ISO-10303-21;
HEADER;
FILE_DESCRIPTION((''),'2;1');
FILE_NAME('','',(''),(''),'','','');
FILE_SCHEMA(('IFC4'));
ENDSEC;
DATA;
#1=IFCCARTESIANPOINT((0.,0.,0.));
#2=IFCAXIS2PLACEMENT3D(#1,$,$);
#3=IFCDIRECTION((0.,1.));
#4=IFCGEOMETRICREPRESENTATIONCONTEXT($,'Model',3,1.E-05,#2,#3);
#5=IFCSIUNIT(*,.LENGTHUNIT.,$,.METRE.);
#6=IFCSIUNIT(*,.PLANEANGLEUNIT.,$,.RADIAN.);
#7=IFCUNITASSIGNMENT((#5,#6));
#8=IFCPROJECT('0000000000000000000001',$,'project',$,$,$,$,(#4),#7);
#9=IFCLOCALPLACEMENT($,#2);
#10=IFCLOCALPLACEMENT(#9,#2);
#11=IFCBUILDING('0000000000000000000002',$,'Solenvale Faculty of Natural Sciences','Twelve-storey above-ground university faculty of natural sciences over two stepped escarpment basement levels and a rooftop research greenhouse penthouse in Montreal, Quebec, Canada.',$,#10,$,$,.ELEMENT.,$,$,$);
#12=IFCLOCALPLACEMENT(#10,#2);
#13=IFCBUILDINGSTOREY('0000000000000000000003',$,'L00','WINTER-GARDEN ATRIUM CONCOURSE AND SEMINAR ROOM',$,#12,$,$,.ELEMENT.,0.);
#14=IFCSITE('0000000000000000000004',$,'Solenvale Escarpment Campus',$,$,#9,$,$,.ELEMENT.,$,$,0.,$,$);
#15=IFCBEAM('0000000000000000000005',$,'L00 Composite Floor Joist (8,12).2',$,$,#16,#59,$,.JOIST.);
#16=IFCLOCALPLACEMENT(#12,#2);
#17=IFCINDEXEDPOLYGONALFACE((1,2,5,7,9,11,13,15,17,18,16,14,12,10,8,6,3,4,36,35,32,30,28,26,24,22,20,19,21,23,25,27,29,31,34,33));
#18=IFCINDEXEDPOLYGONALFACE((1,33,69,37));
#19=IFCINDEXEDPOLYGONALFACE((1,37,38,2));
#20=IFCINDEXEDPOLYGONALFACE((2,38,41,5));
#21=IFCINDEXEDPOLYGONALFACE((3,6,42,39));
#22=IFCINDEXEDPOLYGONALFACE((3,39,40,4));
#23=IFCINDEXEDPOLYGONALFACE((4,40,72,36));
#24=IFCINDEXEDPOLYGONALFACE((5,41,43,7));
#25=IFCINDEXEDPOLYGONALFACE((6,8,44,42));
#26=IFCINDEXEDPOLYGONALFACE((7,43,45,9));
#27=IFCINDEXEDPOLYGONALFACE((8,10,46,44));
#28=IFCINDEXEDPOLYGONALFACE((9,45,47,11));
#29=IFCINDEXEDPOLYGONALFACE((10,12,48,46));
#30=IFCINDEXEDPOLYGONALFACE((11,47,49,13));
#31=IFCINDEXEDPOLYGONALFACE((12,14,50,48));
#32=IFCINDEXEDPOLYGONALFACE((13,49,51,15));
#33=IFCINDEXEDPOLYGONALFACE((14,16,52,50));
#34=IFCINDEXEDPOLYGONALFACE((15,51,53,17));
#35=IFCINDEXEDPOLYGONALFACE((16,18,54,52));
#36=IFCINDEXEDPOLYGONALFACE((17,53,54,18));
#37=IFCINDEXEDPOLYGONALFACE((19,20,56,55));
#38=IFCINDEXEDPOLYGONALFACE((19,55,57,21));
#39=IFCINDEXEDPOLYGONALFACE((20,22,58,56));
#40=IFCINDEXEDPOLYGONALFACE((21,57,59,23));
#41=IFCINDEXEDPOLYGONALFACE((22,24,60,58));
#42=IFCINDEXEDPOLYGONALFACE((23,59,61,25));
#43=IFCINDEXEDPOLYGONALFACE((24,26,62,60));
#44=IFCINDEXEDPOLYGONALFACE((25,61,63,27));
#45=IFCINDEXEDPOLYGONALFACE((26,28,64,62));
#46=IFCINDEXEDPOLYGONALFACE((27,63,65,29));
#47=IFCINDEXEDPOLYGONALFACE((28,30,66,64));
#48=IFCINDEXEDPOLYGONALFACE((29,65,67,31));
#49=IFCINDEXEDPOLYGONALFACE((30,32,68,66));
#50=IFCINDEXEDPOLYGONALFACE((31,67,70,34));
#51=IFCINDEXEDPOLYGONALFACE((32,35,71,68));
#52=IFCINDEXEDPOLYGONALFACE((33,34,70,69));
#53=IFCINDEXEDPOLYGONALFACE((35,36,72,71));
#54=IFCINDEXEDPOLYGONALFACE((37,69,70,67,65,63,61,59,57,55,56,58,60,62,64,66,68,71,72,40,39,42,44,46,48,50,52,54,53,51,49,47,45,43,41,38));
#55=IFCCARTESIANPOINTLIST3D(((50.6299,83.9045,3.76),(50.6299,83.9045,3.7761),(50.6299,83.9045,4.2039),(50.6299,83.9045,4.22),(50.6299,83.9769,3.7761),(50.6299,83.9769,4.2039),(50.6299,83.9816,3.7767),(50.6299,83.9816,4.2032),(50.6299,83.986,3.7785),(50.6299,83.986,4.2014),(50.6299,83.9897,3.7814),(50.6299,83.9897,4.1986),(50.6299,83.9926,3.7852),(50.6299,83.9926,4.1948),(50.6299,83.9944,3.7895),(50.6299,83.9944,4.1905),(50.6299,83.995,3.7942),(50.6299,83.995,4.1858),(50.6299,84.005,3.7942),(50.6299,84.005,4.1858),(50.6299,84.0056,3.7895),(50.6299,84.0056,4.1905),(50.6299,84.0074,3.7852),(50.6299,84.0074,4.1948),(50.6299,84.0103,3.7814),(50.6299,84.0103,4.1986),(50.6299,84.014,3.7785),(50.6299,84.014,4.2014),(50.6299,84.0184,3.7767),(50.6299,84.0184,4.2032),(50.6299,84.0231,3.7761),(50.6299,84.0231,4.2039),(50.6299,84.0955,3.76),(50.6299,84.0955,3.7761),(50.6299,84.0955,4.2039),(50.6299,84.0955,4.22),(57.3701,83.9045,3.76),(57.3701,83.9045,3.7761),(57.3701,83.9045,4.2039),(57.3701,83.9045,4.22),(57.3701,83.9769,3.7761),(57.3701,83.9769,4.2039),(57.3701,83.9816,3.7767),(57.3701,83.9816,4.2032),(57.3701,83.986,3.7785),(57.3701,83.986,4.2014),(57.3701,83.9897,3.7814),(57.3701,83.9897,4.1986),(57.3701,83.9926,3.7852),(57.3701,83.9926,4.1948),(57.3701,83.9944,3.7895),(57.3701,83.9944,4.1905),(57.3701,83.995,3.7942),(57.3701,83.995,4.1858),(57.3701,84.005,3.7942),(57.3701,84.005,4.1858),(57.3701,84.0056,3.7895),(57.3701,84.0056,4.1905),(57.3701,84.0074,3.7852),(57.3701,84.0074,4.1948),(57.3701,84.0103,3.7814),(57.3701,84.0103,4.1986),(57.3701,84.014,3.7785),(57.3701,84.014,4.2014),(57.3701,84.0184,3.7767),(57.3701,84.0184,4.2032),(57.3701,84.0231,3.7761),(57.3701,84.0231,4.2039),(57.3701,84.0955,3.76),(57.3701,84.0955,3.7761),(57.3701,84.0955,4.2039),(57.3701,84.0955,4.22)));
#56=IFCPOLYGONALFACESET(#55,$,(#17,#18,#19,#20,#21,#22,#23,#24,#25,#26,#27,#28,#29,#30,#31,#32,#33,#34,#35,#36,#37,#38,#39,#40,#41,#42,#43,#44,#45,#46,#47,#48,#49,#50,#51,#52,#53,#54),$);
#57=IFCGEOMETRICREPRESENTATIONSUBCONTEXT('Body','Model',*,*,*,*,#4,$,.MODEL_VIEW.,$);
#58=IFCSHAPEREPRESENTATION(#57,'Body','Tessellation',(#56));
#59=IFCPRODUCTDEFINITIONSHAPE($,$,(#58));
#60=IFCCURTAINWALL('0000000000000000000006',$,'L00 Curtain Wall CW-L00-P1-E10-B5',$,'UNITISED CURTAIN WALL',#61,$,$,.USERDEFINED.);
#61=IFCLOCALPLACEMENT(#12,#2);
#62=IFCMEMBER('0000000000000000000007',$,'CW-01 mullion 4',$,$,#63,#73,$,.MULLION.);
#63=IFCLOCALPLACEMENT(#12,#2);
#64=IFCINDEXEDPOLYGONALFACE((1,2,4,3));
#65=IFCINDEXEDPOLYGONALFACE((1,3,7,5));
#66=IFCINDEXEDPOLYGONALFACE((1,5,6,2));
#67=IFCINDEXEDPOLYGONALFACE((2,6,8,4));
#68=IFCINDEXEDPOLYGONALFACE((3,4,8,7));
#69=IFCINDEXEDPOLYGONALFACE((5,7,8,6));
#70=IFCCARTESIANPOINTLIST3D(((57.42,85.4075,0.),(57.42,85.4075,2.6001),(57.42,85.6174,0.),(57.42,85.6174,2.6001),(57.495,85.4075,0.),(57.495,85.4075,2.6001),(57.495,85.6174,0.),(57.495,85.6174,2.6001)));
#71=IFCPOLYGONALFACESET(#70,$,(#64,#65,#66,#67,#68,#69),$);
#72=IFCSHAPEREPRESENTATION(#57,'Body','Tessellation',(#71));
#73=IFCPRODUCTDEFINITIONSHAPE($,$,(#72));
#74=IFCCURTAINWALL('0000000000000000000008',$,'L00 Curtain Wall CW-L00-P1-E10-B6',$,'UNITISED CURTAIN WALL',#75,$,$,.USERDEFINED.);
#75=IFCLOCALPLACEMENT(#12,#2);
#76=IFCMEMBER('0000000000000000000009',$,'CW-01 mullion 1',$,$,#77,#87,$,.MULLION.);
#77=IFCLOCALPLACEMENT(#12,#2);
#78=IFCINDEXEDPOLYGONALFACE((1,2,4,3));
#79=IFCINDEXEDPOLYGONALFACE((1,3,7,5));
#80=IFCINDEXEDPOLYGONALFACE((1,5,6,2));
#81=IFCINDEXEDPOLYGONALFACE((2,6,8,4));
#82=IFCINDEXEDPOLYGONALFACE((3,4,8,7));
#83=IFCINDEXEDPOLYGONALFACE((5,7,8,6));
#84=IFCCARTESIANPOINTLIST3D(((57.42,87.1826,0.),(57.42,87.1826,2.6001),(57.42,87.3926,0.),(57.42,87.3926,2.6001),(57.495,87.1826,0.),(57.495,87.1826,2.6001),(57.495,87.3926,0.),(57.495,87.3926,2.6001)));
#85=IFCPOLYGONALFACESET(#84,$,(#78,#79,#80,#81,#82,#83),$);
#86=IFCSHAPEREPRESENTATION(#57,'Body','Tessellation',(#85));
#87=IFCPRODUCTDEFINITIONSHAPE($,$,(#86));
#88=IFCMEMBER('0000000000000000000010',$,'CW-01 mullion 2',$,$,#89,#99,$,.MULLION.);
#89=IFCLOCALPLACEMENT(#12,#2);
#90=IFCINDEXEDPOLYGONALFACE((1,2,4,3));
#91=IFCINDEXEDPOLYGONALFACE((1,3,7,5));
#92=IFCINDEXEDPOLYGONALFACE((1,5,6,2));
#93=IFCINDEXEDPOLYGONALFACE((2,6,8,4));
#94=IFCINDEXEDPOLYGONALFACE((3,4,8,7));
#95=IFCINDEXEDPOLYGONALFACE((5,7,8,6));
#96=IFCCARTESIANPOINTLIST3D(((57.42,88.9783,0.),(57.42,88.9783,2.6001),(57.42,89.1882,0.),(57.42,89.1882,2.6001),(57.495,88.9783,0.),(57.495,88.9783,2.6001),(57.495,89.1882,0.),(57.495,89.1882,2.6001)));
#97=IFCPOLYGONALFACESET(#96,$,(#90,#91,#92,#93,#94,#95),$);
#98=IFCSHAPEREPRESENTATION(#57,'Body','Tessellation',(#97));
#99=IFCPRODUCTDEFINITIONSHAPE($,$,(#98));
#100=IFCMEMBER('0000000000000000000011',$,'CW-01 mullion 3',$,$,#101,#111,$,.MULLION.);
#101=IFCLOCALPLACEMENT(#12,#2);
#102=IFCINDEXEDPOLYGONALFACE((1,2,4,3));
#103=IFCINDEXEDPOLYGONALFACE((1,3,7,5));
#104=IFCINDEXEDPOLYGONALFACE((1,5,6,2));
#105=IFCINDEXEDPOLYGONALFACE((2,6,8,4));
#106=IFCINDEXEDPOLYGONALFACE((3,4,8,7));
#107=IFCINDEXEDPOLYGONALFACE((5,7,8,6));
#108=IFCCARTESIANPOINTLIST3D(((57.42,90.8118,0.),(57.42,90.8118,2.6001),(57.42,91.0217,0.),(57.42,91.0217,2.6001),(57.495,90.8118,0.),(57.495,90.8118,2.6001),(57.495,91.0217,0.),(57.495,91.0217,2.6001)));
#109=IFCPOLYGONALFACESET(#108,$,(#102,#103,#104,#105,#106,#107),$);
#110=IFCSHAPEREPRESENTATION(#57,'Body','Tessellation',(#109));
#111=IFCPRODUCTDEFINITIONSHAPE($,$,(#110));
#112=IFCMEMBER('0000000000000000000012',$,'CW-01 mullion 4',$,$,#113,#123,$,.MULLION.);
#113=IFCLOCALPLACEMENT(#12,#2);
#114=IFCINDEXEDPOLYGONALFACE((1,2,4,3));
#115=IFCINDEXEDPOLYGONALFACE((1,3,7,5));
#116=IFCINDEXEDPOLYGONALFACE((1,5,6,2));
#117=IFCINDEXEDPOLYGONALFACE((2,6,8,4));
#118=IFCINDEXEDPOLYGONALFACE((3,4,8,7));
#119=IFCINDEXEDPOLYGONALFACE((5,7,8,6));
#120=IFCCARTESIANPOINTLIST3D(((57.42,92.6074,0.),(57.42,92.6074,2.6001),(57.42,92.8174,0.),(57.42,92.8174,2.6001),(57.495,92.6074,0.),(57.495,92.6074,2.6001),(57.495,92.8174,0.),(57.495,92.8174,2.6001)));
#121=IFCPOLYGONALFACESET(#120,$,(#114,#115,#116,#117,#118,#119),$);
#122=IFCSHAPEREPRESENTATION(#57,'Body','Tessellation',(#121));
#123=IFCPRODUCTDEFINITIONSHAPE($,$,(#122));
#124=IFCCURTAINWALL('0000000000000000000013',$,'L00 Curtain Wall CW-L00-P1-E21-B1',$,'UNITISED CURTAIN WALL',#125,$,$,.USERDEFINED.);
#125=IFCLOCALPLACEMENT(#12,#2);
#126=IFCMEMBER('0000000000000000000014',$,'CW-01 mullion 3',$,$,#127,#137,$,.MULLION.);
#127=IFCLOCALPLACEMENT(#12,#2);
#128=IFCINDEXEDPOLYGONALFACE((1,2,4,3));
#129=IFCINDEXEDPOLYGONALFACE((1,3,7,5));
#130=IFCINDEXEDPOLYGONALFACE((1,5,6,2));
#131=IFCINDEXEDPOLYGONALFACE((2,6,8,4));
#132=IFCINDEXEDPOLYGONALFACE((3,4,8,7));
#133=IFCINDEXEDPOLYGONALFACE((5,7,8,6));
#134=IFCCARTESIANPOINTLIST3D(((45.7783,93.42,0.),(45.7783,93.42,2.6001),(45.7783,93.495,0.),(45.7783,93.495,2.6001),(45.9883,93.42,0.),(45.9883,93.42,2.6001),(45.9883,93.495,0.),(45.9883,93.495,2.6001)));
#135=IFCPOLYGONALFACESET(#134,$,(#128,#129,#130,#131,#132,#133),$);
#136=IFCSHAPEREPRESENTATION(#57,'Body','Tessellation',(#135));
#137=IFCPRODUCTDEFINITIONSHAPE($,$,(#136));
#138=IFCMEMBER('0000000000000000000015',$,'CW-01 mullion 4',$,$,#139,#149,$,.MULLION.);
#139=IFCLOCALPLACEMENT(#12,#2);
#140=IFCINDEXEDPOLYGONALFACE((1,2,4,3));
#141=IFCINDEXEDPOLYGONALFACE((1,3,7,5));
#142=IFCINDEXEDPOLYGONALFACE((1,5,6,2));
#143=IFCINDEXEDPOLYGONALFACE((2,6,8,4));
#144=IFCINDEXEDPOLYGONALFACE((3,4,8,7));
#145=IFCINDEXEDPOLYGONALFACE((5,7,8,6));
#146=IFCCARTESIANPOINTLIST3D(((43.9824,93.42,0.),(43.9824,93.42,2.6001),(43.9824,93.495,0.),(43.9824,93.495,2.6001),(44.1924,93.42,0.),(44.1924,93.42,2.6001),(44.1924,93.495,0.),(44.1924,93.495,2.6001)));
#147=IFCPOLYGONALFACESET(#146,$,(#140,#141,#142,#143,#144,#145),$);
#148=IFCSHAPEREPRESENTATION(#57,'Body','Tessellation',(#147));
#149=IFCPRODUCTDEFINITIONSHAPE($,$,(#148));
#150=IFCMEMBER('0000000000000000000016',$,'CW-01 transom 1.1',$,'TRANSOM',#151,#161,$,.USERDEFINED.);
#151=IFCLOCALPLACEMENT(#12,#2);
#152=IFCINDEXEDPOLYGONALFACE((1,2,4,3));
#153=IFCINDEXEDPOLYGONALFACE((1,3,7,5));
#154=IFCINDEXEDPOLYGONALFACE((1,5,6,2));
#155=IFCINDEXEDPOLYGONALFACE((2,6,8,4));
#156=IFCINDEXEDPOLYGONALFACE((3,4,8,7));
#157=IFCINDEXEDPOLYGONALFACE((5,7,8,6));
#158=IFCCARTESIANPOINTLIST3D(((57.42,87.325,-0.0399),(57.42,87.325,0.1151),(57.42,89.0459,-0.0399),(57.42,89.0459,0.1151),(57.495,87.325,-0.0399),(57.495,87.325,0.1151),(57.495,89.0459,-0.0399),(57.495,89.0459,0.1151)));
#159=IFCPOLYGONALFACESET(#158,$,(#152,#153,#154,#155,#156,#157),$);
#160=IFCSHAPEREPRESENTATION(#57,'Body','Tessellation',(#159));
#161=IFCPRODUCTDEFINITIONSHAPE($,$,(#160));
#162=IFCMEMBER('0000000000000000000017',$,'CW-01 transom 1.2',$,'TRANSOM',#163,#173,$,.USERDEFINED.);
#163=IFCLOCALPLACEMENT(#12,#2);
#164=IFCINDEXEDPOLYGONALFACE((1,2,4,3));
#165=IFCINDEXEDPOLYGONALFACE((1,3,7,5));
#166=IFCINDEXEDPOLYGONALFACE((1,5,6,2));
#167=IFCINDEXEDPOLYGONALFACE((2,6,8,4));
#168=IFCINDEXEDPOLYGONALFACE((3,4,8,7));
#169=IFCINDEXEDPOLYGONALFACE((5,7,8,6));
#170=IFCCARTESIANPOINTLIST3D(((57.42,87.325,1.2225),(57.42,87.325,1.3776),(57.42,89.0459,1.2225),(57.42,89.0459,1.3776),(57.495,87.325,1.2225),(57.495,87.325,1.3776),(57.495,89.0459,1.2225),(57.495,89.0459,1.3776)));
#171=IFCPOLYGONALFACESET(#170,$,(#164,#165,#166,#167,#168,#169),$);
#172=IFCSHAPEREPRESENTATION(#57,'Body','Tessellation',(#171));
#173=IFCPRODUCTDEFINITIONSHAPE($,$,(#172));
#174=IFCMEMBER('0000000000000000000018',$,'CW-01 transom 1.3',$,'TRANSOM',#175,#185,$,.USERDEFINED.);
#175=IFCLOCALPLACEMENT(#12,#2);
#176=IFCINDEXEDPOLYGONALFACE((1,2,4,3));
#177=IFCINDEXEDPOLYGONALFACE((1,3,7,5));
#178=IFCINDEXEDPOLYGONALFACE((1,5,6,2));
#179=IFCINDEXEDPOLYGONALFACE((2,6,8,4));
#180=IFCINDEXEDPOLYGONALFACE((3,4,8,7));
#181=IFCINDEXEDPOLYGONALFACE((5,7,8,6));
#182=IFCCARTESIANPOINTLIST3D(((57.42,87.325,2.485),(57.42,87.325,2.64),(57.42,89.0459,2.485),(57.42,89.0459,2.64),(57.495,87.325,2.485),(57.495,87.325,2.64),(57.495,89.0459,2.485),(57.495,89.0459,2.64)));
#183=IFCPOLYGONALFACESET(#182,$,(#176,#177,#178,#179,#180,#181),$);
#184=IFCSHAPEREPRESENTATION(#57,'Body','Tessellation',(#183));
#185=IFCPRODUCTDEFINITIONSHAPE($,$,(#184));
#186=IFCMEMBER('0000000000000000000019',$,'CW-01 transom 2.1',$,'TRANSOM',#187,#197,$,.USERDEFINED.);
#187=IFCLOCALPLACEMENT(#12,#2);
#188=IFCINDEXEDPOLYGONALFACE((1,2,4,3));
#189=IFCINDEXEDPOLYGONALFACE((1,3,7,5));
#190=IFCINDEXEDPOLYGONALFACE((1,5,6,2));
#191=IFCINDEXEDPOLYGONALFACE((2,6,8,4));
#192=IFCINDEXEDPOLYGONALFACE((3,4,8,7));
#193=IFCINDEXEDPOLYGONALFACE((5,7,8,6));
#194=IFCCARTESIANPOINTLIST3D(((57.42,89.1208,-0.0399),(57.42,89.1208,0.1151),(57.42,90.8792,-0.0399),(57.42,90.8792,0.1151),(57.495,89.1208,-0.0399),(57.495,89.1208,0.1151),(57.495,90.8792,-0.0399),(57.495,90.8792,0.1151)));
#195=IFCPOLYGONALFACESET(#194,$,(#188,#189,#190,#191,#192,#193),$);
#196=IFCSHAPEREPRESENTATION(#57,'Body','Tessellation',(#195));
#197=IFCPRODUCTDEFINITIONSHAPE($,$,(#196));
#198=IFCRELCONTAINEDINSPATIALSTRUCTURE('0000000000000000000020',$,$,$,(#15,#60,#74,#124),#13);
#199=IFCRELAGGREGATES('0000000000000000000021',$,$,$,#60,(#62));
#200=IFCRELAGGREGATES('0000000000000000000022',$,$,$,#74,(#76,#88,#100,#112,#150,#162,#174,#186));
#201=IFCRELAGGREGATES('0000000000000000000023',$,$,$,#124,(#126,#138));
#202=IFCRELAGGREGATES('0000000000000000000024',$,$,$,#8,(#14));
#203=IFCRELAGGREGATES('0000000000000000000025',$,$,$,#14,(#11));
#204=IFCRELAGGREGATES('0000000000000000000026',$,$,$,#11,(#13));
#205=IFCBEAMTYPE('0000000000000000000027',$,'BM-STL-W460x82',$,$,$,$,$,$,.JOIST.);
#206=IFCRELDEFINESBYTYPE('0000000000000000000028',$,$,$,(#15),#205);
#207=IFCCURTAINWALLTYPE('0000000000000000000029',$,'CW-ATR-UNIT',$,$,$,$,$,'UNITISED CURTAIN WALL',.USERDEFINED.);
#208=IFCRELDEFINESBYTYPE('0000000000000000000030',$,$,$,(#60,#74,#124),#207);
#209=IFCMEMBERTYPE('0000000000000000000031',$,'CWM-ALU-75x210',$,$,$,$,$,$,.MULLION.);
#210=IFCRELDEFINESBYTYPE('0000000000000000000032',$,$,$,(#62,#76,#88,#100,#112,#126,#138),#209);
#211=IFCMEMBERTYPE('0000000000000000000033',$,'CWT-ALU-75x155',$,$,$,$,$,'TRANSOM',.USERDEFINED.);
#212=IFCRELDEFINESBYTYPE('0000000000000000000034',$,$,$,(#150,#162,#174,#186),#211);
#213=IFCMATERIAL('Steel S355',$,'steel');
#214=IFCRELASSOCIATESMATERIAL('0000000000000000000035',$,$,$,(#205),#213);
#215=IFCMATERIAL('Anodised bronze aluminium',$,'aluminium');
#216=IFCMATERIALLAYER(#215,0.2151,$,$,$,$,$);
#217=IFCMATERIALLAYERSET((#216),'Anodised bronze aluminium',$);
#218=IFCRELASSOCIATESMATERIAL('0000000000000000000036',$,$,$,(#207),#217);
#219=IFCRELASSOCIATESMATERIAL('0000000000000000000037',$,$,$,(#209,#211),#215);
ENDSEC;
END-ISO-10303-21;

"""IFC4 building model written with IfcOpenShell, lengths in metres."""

from ifc_helpers import new_model, si_unit, direction, frame, origin, origin_2d, place, context, subcontext, project, spatial, rectangle, i_section, extrude, material, layer, layer_set, material_profile, profile_set, type_object, element, aggregate, save


model = new_model("IFC4")

# Units and contexts
model_context = context("Model", 3, precision=1e-05, world=origin(), true_north=direction((0.0, 1.0)))
body_context = subcontext(model_context, "Body", "Model", "MODEL_VIEW")
ifc_project = project(units=[si_unit("LENGTHUNIT", "METRE"), si_unit("PLANEANGLEUNIT", "RADIAN")], contexts=[model_context])

# Site, building, storey
site_placement = place(None, origin())
site = spatial("IfcSite", under=ifc_project, at=site_placement, Name="Solenvale Escarpment Campus", CompositionType="ELEMENT", RefElevation=0.0)
building_placement = place(site_placement, origin())
building = spatial("IfcBuilding", under=site, at=building_placement, Name="Solenvale Faculty of Natural Sciences", Description="Twelve-storey above-ground university faculty of natural sciences over two stepped escarpment basement levels and a rooftop research greenhouse penthouse in Montreal, Quebec, Canada.", CompositionType="ELEMENT")
storey_placement = place(building_placement, origin())
storey = spatial("IfcBuildingStorey", under=building, at=storey_placement, Name="L00", Description="WINTER-GARDEN ATRIUM CONCOURSE AND SEMINAR ROOM", CompositionType="ELEMENT", Elevation=0.0)

# Beam
ifc_material_1 = material(Name="Steel S355", Category="steel")
ifc_material_profile_1 = material_profile(ifc_material_1, i_section(OverallWidth=0.1909, OverallDepth=0.46, WebThickness=0.01, FlangeThickness=0.0161, FilletRadius=0.0181, at=origin_2d()), Name="W460x82")
ifc_profile_set_1 = profile_set([ifc_material_profile_1], Name="Steel S355")
beam_type_1 = type_object("IfcBeamType", Name="BM-STL-W460x82", PredefinedType="JOIST", material=ifc_profile_set_1)
beam_1_placement = place(storey_placement, frame((50.6299, 84.0, 3.99), z_axis=(1.0, 0.0, 0.0), x_axis=(0.0, 1.0, 0.0)))
element("IfcBeam", 1, at=beam_1_placement, inside=storey, type_object=beam_type_1, Name="L00 Composite Floor Joist (8,12).2", PredefinedType="JOIST", context=body_context, shape_type="SweptSolid", body=[
    extrude(i_section(OverallWidth=0.1909, OverallDepth=0.46, WebThickness=0.01, FlangeThickness=0.0161, FilletRadius=0.0181, at=origin_2d()), origin(), (0.0, 0.0, 1.0), 6.7402),
])

# Curtain wall, member
ifc_material_2 = material(Name="Anodised bronze aluminium", Category="aluminium")
ifc_layer_1 = layer(ifc_material_2, 0.2151)
ifc_layer_set_1 = layer_set([ifc_layer_1], Name="Anodised bronze aluminium")
curtain_wall_type = type_object("IfcCurtainWallType", Name="CW-ATR-UNIT", ElementType="UNITISED CURTAIN WALL", PredefinedType="USERDEFINED", material=ifc_layer_set_1)
curtain_wall_1_placement = place(storey_placement, origin())
curtain_wall_1 = element("IfcCurtainWall", 2, at=curtain_wall_1_placement, inside=storey, type_object=curtain_wall_type, Name="L00 Curtain Wall CW-L00-P1-E10-B5", ObjectType="UNITISED CURTAIN WALL", PredefinedType="USERDEFINED")
ifc_material_profile_2 = material_profile(ifc_material_2, rectangle(XDim=0.075, YDim=0.21, at=origin_2d()), Name="ALU-MUL-75x210")
ifc_profile_set_2 = profile_set([ifc_material_profile_2], Name="Anodised bronze aluminium")
member_type_1 = type_object("IfcMemberType", Name="CWM-ALU-75x210", PredefinedType="MULLION", material=ifc_profile_set_2)
member_1_placement = place(storey_placement, frame((57.4575, 85.5125, 0.0), z_axis=(0.0, 0.0, 1.0), x_axis=(-1.0, 0.0, 0.0)))
member_1 = element("IfcMember", 3, at=member_1_placement, type_object=member_type_1, Name="CW-01 mullion 4", PredefinedType="MULLION", context=body_context, shape_type="SweptSolid", body=[
    extrude(rectangle(XDim=0.075, YDim=0.21, at=origin_2d()), origin(), (0.0, 0.0, 1.0), 2.6001),
])

# Curtain walls, members
curtain_wall_2_placement = place(storey_placement, origin())
curtain_wall_2 = element("IfcCurtainWall", 4, at=curtain_wall_2_placement, inside=storey, type_object=curtain_wall_type, Name="L00 Curtain Wall CW-L00-P1-E10-B6", ObjectType="UNITISED CURTAIN WALL", PredefinedType="USERDEFINED")
member_2_placement = place(storey_placement, frame((57.4575, 87.2876, 0.0), z_axis=(0.0, 0.0, 1.0), x_axis=(-1.0, 0.0, 0.0)))
member_2 = element("IfcMember", 5, at=member_2_placement, type_object=member_type_1, Name="CW-01 mullion 1", PredefinedType="MULLION", context=body_context, shape_type="SweptSolid", body=[
    extrude(rectangle(XDim=0.075, YDim=0.21, at=origin_2d()), origin(), (0.0, 0.0, 1.0), 2.6001),
])
member_3_placement = place(storey_placement, frame((57.4575, 89.0833, 0.0), z_axis=(0.0, 0.0, 1.0), x_axis=(-1.0, 0.0, 0.0)))
member_3 = element("IfcMember", 6, at=member_3_placement, type_object=member_type_1, Name="CW-01 mullion 2", PredefinedType="MULLION", context=body_context, shape_type="SweptSolid", body=[
    extrude(rectangle(XDim=0.075, YDim=0.21, at=origin_2d()), origin(), (0.0, 0.0, 1.0), 2.6001),
])
member_4_placement = place(storey_placement, frame((57.4575, 90.9167, 0.0), z_axis=(0.0, 0.0, 1.0), x_axis=(-1.0, 0.0, 0.0)))
member_4 = element("IfcMember", 7, at=member_4_placement, type_object=member_type_1, Name="CW-01 mullion 3", PredefinedType="MULLION", context=body_context, shape_type="SweptSolid", body=[
    extrude(rectangle(XDim=0.075, YDim=0.21, at=origin_2d()), origin(), (0.0, 0.0, 1.0), 2.6001),
])
member_5_placement = place(storey_placement, frame((57.4575, 92.7124, 0.0), z_axis=(0.0, 0.0, 1.0), x_axis=(-1.0, 0.0, 0.0)))
member_5 = element("IfcMember", 8, at=member_5_placement, type_object=member_type_1, Name="CW-01 mullion 4", PredefinedType="MULLION", context=body_context, shape_type="SweptSolid", body=[
    extrude(rectangle(XDim=0.075, YDim=0.21, at=origin_2d()), origin(), (0.0, 0.0, 1.0), 2.6001),
])
curtain_wall_3_placement = place(storey_placement, origin())
curtain_wall_3 = element("IfcCurtainWall", 9, at=curtain_wall_3_placement, inside=storey, type_object=curtain_wall_type, Name="L00 Curtain Wall CW-L00-P1-E21-B1", ObjectType="UNITISED CURTAIN WALL", PredefinedType="USERDEFINED")
member_6_placement = place(storey_placement, frame((45.8833, 93.4575, 0.0), z_axis=(0.0, 0.0, 1.0), x_axis=(0.0, -1.0, 0.0)))
member_6 = element("IfcMember", 10, at=member_6_placement, type_object=member_type_1, Name="CW-01 mullion 3", PredefinedType="MULLION", context=body_context, shape_type="SweptSolid", body=[
    extrude(rectangle(XDim=0.075, YDim=0.21, at=origin_2d()), origin(), (0.0, 0.0, 1.0), 2.6001),
])
member_7_placement = place(storey_placement, frame((44.0874, 93.4575, 0.0), z_axis=(0.0, 0.0, 1.0), x_axis=(0.0, -1.0, 0.0)))
member_7 = element("IfcMember", 11, at=member_7_placement, type_object=member_type_1, Name="CW-01 mullion 4", PredefinedType="MULLION", context=body_context, shape_type="SweptSolid", body=[
    extrude(rectangle(XDim=0.075, YDim=0.21, at=origin_2d()), origin(), (0.0, 0.0, 1.0), 2.6001),
])

# Members
ifc_material_profile_3 = material_profile(ifc_material_2, rectangle(XDim=0.075, YDim=0.155, at=origin_2d()), Name="ALU-TRN-75x155")
ifc_profile_set_3 = profile_set([ifc_material_profile_3], Name="Anodised bronze aluminium")
member_type_2 = type_object("IfcMemberType", Name="CWT-ALU-75x155", ElementType="TRANSOM", PredefinedType="USERDEFINED", material=ifc_profile_set_3)
member_8_placement = place(storey_placement, frame((57.4575, 87.325, 0.0376), z_axis=(0.0, 1.0, 0.0), x_axis=(-1.0, 0.0, 0.0)))
member_8 = element("IfcMember", 12, at=member_8_placement, type_object=member_type_2, Name="CW-01 transom 1.1", ObjectType="TRANSOM", PredefinedType="USERDEFINED", context=body_context, shape_type="SweptSolid", body=[
    extrude(rectangle(XDim=0.075, YDim=0.155, at=origin_2d()), origin(), (0.0, 0.0, 1.0), 1.7209),
])
member_9_placement = place(storey_placement, frame((57.4575, 87.325, 1.3), z_axis=(0.0, 1.0, 0.0), x_axis=(-1.0, 0.0, 0.0)))
member_9 = element("IfcMember", 13, at=member_9_placement, type_object=member_type_2, Name="CW-01 transom 1.2", ObjectType="TRANSOM", PredefinedType="USERDEFINED", context=body_context, shape_type="SweptSolid", body=[
    extrude(rectangle(XDim=0.075, YDim=0.155, at=origin_2d()), origin(), (0.0, 0.0, 1.0), 1.7209),
])
member_10_placement = place(storey_placement, frame((57.4575, 87.325, 2.5625), z_axis=(0.0, 1.0, 0.0), x_axis=(-1.0, 0.0, 0.0)))
member_10 = element("IfcMember", 14, at=member_10_placement, type_object=member_type_2, Name="CW-01 transom 1.3", ObjectType="TRANSOM", PredefinedType="USERDEFINED", context=body_context, shape_type="SweptSolid", body=[
    extrude(rectangle(XDim=0.075, YDim=0.155, at=origin_2d()), origin(), (0.0, 0.0, 1.0), 1.7209),
])
member_11_placement = place(storey_placement, frame((57.4575, 89.1208, 0.0376), z_axis=(0.0, 1.0, 0.0), x_axis=(-1.0, 0.0, 0.0)))
member_11 = element("IfcMember", 15, at=member_11_placement, type_object=member_type_2, Name="CW-01 transom 2.1", ObjectType="TRANSOM", PredefinedType="USERDEFINED", context=body_context, shape_type="SweptSolid", body=[
    extrude(rectangle(XDim=0.075, YDim=0.155, at=origin_2d()), origin(), (0.0, 0.0, 1.0), 1.7583),
])

aggregate(curtain_wall_1, [member_1])
aggregate(curtain_wall_2, [member_2, member_3, member_4, member_5, member_8, member_9, member_10, member_11])
aggregate(curtain_wall_3, [member_6, member_7])

save(model, "model.ifc")
